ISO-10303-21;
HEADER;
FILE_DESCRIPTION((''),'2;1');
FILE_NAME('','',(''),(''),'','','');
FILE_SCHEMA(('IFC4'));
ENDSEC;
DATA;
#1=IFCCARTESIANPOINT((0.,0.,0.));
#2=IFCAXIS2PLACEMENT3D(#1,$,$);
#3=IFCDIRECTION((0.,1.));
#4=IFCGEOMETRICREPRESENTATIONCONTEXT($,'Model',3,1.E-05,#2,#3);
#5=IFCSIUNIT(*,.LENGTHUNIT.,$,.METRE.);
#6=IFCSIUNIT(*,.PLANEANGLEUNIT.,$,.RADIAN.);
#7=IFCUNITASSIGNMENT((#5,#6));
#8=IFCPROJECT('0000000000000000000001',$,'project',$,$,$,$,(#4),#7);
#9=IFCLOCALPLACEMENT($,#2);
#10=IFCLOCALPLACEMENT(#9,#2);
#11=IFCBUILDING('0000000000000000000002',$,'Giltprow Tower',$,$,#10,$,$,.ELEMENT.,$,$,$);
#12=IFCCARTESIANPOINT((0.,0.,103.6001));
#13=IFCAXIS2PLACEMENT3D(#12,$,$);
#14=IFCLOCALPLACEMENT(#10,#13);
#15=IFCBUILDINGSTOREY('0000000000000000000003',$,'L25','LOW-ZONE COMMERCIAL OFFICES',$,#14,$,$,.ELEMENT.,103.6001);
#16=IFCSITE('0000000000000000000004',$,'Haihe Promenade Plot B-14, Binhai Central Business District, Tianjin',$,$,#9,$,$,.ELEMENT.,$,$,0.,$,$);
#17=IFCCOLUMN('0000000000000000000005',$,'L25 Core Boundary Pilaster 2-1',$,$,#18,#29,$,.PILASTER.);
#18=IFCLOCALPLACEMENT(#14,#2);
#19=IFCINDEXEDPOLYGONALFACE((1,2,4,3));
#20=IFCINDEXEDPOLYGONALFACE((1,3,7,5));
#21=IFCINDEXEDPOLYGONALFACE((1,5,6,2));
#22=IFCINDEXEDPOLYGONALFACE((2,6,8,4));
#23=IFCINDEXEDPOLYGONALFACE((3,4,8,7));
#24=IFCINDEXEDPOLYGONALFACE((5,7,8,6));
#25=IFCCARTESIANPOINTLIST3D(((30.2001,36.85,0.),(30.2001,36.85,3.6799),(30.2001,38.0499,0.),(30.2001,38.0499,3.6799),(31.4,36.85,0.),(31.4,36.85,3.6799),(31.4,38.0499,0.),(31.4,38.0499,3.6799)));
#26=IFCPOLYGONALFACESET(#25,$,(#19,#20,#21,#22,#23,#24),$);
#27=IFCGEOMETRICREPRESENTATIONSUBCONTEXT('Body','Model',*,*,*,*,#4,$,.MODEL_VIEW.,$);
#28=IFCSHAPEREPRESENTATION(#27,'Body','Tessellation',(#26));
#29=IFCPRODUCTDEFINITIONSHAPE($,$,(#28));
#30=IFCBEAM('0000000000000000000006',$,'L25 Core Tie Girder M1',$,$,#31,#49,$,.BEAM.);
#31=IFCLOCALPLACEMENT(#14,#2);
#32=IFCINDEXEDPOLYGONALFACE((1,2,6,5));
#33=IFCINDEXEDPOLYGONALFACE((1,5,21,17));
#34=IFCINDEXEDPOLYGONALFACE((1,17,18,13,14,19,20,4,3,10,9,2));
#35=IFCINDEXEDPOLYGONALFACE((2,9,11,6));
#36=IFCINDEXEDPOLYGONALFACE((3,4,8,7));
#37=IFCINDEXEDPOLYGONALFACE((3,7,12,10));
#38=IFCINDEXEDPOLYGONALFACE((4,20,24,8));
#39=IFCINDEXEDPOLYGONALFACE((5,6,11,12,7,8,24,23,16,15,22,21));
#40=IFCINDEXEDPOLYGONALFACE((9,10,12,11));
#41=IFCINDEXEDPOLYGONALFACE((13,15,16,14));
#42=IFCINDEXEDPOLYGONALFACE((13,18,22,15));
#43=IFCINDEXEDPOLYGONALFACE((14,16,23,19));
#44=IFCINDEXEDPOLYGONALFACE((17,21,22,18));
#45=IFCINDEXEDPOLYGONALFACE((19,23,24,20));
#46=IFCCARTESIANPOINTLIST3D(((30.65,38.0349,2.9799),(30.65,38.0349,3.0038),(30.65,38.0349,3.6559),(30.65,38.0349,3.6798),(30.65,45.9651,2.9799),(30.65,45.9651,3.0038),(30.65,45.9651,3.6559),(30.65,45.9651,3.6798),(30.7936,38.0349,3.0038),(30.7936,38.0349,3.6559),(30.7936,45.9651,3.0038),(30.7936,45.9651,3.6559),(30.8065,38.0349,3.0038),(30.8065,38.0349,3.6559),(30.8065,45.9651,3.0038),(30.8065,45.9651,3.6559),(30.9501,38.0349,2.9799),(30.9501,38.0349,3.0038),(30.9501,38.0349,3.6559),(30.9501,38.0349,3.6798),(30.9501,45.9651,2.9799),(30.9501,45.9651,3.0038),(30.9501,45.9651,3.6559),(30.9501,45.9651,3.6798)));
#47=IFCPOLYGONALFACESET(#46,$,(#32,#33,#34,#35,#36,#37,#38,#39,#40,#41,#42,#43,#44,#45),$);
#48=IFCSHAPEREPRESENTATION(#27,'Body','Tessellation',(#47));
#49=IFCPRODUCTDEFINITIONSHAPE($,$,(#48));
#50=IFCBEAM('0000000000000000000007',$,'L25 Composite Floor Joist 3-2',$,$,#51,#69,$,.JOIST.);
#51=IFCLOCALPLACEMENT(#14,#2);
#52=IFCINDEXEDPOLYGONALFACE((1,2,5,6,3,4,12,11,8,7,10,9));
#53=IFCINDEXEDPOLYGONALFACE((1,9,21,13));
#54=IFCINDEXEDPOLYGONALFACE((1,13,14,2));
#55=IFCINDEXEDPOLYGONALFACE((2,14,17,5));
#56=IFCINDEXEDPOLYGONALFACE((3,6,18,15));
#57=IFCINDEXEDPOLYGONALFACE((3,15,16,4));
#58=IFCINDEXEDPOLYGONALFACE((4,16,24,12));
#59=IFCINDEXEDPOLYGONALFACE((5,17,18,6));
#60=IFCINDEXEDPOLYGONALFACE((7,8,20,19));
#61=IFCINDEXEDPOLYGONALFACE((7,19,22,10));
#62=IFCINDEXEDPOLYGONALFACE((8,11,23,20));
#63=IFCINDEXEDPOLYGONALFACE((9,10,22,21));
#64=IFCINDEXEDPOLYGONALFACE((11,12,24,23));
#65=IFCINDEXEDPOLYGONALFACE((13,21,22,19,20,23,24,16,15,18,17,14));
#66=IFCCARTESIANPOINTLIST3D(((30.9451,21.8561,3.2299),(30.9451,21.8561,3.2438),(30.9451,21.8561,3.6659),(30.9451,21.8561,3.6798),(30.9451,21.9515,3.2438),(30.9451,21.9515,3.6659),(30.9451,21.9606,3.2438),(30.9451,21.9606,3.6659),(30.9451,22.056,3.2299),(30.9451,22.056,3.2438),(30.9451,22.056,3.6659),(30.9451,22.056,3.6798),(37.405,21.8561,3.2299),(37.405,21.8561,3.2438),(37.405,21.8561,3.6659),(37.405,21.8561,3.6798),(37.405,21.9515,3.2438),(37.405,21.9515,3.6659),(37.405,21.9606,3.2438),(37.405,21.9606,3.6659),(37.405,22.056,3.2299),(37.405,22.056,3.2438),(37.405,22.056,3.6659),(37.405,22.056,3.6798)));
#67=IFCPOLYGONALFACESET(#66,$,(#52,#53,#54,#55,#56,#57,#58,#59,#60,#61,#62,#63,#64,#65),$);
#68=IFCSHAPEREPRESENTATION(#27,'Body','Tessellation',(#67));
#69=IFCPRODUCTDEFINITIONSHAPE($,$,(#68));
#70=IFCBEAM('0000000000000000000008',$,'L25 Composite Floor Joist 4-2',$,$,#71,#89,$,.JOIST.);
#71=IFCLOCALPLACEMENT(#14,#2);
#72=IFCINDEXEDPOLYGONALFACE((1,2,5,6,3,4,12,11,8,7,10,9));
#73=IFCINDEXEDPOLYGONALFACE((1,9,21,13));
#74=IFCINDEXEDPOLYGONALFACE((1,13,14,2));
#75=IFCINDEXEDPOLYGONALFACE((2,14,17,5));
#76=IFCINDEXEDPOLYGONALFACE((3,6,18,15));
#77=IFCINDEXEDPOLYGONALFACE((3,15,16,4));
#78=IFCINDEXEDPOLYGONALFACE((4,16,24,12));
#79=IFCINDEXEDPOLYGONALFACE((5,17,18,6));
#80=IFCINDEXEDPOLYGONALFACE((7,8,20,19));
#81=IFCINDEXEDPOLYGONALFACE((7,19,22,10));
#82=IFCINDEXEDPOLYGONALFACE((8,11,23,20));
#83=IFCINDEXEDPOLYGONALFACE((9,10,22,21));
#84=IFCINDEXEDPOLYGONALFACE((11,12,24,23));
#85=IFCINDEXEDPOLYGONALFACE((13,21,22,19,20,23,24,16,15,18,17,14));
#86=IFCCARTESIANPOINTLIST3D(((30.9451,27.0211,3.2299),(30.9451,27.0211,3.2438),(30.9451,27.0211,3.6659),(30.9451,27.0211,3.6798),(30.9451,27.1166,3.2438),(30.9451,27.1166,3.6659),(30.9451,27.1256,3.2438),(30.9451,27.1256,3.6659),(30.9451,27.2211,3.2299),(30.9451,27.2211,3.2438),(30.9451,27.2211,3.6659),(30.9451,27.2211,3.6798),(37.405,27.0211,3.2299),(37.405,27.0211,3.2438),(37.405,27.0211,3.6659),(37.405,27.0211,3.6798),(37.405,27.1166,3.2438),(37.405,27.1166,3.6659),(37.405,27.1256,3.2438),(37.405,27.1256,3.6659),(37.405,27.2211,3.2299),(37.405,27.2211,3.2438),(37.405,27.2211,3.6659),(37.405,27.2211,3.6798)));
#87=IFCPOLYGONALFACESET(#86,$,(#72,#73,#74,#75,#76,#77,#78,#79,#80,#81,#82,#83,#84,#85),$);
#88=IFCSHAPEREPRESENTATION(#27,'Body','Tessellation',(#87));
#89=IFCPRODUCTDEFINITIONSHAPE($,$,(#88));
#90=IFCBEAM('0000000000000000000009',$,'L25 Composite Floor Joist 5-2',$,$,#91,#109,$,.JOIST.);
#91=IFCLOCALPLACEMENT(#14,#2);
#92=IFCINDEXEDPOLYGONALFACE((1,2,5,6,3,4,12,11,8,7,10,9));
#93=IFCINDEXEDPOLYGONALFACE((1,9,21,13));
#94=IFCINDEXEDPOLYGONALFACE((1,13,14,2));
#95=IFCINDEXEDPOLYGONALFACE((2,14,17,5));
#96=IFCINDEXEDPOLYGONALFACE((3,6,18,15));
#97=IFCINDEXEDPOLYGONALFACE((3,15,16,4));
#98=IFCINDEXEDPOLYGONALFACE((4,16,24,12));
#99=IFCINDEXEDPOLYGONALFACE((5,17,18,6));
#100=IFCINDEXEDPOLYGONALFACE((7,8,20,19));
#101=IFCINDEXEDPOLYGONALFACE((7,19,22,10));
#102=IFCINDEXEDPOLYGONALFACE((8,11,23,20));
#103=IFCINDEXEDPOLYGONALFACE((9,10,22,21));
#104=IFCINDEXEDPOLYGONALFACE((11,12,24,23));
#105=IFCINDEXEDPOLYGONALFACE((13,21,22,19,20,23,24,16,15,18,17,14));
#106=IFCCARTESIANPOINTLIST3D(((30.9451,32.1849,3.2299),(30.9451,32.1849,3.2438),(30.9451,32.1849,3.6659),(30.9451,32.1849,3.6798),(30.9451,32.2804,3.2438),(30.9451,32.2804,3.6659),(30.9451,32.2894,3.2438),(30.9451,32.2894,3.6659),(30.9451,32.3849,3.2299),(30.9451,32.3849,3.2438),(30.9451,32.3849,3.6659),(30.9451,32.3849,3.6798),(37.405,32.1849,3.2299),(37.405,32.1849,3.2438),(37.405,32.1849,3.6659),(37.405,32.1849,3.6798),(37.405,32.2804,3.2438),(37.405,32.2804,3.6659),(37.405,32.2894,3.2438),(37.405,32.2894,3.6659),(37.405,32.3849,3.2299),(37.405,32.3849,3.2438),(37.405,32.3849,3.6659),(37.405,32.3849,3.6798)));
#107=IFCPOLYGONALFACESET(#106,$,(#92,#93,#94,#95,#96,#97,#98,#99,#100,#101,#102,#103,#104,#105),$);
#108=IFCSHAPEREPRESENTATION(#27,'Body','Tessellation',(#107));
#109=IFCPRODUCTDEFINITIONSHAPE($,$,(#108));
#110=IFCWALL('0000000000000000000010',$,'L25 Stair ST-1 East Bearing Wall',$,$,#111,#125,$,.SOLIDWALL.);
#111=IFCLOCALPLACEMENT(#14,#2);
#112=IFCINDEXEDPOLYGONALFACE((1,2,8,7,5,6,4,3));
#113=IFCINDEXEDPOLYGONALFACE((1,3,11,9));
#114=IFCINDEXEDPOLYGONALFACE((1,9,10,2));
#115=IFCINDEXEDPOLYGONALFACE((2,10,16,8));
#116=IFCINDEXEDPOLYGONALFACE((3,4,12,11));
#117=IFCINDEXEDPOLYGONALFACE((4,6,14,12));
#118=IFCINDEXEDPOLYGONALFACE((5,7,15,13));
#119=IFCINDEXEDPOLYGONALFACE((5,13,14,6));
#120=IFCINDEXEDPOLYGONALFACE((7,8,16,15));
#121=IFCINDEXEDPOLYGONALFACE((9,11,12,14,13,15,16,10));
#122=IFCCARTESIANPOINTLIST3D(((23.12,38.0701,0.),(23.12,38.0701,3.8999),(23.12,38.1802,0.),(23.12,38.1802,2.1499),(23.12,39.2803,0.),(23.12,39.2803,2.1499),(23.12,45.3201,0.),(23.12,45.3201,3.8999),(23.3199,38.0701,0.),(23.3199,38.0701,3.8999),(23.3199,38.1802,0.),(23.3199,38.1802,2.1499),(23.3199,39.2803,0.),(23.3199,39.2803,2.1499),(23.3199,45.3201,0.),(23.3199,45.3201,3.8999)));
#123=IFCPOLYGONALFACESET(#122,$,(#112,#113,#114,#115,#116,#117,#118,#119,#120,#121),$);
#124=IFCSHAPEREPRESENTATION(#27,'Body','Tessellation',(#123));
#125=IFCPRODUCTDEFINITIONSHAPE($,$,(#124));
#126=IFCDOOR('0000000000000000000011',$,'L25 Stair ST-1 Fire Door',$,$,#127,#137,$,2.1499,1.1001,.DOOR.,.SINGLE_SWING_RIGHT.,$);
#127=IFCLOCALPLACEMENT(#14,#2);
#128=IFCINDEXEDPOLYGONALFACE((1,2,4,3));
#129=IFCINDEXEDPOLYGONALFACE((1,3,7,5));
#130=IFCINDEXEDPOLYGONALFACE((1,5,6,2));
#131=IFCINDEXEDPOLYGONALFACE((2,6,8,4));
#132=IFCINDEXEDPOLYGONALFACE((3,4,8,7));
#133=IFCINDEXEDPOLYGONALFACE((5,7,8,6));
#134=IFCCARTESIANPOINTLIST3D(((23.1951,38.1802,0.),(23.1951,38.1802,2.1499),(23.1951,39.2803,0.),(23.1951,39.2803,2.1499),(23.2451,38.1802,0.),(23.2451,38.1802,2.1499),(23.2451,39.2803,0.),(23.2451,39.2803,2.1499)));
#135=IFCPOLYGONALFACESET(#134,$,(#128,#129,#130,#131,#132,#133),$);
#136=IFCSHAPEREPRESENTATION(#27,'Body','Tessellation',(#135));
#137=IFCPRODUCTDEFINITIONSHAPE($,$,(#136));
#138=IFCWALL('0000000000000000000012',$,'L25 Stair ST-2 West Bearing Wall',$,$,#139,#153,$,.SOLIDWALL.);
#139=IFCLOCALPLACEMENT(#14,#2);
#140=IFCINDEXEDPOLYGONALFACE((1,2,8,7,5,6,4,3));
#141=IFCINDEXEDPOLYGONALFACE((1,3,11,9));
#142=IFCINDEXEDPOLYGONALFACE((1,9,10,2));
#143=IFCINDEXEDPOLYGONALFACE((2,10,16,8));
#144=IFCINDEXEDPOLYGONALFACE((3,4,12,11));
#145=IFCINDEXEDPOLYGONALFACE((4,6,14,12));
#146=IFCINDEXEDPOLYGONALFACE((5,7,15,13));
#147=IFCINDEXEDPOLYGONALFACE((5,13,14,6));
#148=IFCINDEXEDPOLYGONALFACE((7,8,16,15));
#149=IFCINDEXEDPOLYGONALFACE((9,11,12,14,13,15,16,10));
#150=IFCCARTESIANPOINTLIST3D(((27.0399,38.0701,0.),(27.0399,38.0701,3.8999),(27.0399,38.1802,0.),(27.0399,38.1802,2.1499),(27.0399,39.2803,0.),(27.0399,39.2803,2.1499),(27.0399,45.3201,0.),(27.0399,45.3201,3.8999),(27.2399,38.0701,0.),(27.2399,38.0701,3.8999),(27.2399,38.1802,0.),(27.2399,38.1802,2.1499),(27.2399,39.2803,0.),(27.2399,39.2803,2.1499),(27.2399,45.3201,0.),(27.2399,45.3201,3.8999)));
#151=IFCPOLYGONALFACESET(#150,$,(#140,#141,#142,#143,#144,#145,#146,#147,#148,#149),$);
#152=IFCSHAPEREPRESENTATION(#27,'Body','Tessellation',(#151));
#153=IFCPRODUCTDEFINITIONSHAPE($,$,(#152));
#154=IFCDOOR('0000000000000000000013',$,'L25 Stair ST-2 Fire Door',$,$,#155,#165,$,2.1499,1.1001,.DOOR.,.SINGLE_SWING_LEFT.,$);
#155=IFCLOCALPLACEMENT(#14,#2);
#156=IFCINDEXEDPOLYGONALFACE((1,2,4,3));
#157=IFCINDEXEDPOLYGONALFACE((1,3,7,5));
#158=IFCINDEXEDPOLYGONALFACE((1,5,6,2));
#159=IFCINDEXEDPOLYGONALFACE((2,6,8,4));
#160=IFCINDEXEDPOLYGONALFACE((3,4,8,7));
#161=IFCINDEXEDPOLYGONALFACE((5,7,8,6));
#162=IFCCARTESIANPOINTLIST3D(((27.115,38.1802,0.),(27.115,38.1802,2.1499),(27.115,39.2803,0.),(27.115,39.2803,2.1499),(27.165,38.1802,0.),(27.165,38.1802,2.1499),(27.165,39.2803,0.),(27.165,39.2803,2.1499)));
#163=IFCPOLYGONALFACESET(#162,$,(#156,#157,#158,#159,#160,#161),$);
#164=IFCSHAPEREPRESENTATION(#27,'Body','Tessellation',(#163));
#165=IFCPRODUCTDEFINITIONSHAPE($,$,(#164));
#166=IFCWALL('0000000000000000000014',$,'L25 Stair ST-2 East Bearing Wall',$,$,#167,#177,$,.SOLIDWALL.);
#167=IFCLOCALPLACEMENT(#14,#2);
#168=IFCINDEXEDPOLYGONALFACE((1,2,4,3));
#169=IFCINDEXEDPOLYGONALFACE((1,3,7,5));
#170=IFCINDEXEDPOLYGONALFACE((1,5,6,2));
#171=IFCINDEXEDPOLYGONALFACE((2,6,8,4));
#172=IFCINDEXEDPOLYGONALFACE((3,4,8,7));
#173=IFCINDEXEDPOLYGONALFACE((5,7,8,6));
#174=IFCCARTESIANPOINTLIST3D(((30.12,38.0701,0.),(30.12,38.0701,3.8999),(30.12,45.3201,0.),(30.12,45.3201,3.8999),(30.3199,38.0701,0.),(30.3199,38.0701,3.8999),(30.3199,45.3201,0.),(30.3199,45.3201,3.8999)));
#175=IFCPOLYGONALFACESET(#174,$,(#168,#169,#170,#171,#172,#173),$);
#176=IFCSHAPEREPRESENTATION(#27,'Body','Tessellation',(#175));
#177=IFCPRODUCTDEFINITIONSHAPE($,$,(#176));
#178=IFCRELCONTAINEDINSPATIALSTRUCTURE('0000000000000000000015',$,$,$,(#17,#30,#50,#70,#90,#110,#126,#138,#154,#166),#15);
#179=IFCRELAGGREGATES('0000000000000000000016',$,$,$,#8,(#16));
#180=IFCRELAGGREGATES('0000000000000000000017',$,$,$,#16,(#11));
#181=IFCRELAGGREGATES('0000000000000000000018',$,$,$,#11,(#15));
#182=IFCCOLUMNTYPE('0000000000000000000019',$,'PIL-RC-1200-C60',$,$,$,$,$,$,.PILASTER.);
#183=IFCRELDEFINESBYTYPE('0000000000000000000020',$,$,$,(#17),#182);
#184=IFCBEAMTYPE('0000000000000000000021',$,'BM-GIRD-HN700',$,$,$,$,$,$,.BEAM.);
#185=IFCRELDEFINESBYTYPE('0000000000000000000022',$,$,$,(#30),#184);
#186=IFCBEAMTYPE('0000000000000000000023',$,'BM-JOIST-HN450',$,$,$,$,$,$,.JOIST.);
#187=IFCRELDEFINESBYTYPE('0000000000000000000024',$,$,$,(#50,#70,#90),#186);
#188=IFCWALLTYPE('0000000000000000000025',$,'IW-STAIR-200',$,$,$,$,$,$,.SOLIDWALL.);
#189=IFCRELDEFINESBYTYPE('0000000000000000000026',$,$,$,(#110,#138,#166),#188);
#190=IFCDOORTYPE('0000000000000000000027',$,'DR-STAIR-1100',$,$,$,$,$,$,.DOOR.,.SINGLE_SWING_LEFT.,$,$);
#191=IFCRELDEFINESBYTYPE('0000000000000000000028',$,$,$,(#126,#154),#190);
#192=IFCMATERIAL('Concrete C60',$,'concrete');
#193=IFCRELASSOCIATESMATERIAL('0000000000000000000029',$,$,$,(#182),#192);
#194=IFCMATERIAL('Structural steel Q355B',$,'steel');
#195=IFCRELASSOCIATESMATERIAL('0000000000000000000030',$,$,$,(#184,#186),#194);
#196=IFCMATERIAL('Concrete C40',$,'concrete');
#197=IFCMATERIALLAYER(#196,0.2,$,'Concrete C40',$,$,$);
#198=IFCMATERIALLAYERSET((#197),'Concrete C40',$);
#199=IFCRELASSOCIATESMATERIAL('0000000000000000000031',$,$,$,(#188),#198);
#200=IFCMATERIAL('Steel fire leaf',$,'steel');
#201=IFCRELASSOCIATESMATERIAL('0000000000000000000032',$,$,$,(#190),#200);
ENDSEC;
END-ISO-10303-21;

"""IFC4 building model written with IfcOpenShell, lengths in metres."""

from ifc_helpers import new_model, si_unit, direction, frame, frame_2d, origin, origin_2d, place, context, subcontext, project, spatial, rectangle, i_section, extrude, source, transform, mapped, material, layer, layer_set, material_profile, profile_set, type_object, element, fill, save


model = new_model("IFC4")

# Units and contexts
model_context = context("Model", 3, precision=1e-05, world=origin(), true_north=direction((0.0, 1.0)))
body_context = subcontext(model_context, "Body", "Model", "MODEL_VIEW")
ifc_project = project(units=[si_unit("LENGTHUNIT", "METRE"), si_unit("PLANEANGLEUNIT", "RADIAN")], contexts=[model_context])

# Site, building, storey
site_placement = place(None, origin())
site = spatial("IfcSite", under=ifc_project, at=site_placement, Name="Haihe Promenade Plot B-14, Binhai Central Business District, Tianjin", CompositionType="ELEMENT", RefElevation=0.0)
building_placement = place(site_placement, origin())
building = spatial("IfcBuilding", under=site, at=building_placement, Name="Giltprow Tower", CompositionType="ELEMENT")
storey_placement = place(building_placement, frame((0.0, 0.0, 103.6001)))
storey = spatial("IfcBuildingStorey", under=building, at=storey_placement, Name="L25", Description="LOW-ZONE COMMERCIAL OFFICES", CompositionType="ELEMENT", Elevation=103.6001)

# Column
ifc_material_1 = material(Name="Concrete C60", Category="concrete")
ifc_material_profile_1 = material_profile(ifc_material_1, rectangle(XDim=1.2, YDim=1.2, at=origin_2d()), Name="RC 1200x1200")
ifc_profile_set_1 = profile_set([ifc_material_profile_1], Name="Concrete C60")
column_type = type_object("IfcColumnType", Name="PIL-RC-1200-C60", PredefinedType="PILASTER", material=ifc_profile_set_1)
shared_shape_1 = source(origin(), body_context, "Body", "SweptSolid", [
    extrude(rectangle(XDim=1.2, YDim=1.2, at=origin_2d()), origin(), (0.0, 0.0, 1.0), 3.6799),
])
column_placement = place(storey_placement, frame((30.8, 37.45, 0.0), z_axis=(0.0, 0.0, 1.0), x_axis=(1.0, 0.0, 0.0)))
element("IfcColumn", 1, at=column_placement, inside=storey, type_object=column_type, Name="L25 Core Boundary Pilaster 2-1", PredefinedType="PILASTER", context=body_context, shape_type="MappedRepresentation", body=[
    mapped(shared_shape_1, transform((0.0, 0.0, 0.0), x_axis=(1.0, 0.0, 0.0), y_axis=(0.0, 1.0, 0.0), z_axis=(0.0, 0.0, 1.0), scale=1.0)),
])

# Beams
ifc_material_2 = material(Name="Structural steel Q355B", Category="steel")
ifc_material_profile_2 = material_profile(ifc_material_2, i_section(OverallWidth=0.3, OverallDepth=0.7, WebThickness=0.0129, FlangeThickness=0.0239, at=origin_2d()), Name="HN 700x300x13x24")
ifc_profile_set_2 = profile_set([ifc_material_profile_2], Name="Structural steel Q355B")
beam_type_1 = type_object("IfcBeamType", Name="BM-GIRD-HN700", PredefinedType="BEAM", material=ifc_profile_set_2)
shared_shape_2 = source(origin(), body_context, "Body", "SweptSolid", [
    extrude(i_section(OverallWidth=0.3, OverallDepth=0.7, WebThickness=0.0129, FlangeThickness=0.0239, at=origin_2d()), origin(), (0.0, 0.0, 1.0), 7.9302),
])
beam_placement = place(storey_placement, frame((30.8, 38.0349, 3.3298), z_axis=(0.0, 1.0, 0.0), x_axis=(-1.0, 0.0, 0.0)))
element("IfcBeam", 2, at=beam_placement, inside=storey, type_object=beam_type_1, Name="L25 Core Tie Girder M1", PredefinedType="BEAM", context=body_context, shape_type="MappedRepresentation", body=[
    mapped(shared_shape_2, transform((0.0, 0.0, 0.0), x_axis=(1.0, 0.0, 0.0), y_axis=(0.0, 1.0, 0.0), z_axis=(0.0, 0.0, 1.0), scale=1.0)),
])
ifc_material_profile_3 = material_profile(ifc_material_2, i_section(OverallWidth=0.2, OverallDepth=0.45, WebThickness=0.009, FlangeThickness=0.0139, at=origin_2d()), Name="HN 450x200x9x14")
ifc_profile_set_3 = profile_set([ifc_material_profile_3], Name="Structural steel Q355B")
beam_type_2 = type_object("IfcBeamType", Name="BM-JOIST-HN450", PredefinedType="JOIST", material=ifc_profile_set_3)
shared_shape_3 = source(origin(), body_context, "Body", "SweptSolid", [
    extrude(i_section(OverallWidth=0.2, OverallDepth=0.45, WebThickness=0.009, FlangeThickness=0.0139, at=origin_2d()), origin(), (0.0, 0.0, 1.0), 6.46),
])
for number, where, z_axis, x_axis, name in (
    (3, (30.9451, 21.9561, 3.4548), (1.0, 0.0, 0.0), (0.0, 1.0, 0.0), "L25 Composite Floor Joist 3-2"),
    (4, (30.9451, 27.1211, 3.4548), (1.0, 0.0, 0.0), (0.0, 1.0, 0.0), "L25 Composite Floor Joist 4-2"),
    (5, (30.9451, 32.2849, 3.4548), (1.0, 0.0, 0.0), (0.0, 1.0, 0.0), "L25 Composite Floor Joist 5-2"),
):
    element("IfcBeam", number, at=place(storey_placement, frame(where, z_axis=z_axis, x_axis=x_axis)), inside=storey, type_object=beam_type_2, Name=name, PredefinedType="JOIST", context=body_context, shape_type="MappedRepresentation", body=[
        mapped(shared_shape_3, transform((0.0, 0.0, 0.0), x_axis=(1.0, 0.0, 0.0), y_axis=(0.0, 1.0, 0.0), z_axis=(0.0, 0.0, 1.0), scale=1.0)),
    ])

# Walls, openings, doors
ifc_material_3 = material(Name="Concrete C40", Category="concrete")
ifc_layer = layer(ifc_material_3, 0.2, Name="Concrete C40")
ifc_layer_set = layer_set([ifc_layer], Name="Concrete C40")
wall_type = type_object("IfcWallType", Name="IW-STAIR-200", PredefinedType="SOLIDWALL", material=ifc_layer_set)
wall_1_placement = place(storey_placement, frame((23.22, 38.0701, 0.0), z_axis=(0.0, 0.0, 1.0), x_axis=(0.0, 1.0, 0.0)))
wall_1 = element("IfcWall", 6, at=wall_1_placement, inside=storey, type_object=wall_type, Name="L25 Stair ST-1 East Bearing Wall", PredefinedType="SOLIDWALL", context=body_context, shape_type="SweptSolid", body=[
    extrude(rectangle(XDim=7.25, YDim=0.2, at=frame_2d((3.625, 0.0))), origin(), (0.0, 0.0, 1.0), 3.8999),
])
opening_1_placement = place(wall_1_placement, frame((0.1101, 0.0, 0.0)))
opening_1 = element("IfcOpeningElement", 7, at=opening_1_placement, cuts=wall_1, PredefinedType="OPENING", context=body_context, shape_type="SweptSolid", body=[
    extrude(rectangle(XDim=1.1001, YDim=2.1499, at=frame_2d((0.55, 1.075))), frame((0.0, 0.1099, 0.0), z_axis=(0.0, -1.0, 0.0), x_axis=(1.0, 0.0, 0.0)), (0.0, 0.0, 1.0), 0.22),
])
ifc_material_4 = material(Name="Steel fire leaf", Category="steel")
door_type = type_object("IfcDoorType", Name="DR-STAIR-1100", OperationType="SINGLE_SWING_LEFT", PredefinedType="DOOR", material=ifc_material_4)
shared_shape_4 = source(origin(), body_context, "Body", "SweptSolid", [
    extrude(rectangle(XDim=1.1001, YDim=2.1499, at=frame_2d((0.55, 1.075))), frame((0.0, 0.0249, 0.0), z_axis=(0.0, -1.0, 0.0), x_axis=(1.0, 0.0, 0.0)), (0.0, 0.0, 1.0), 0.05),
])
door_1_placement = place(opening_1_placement, origin())
door_1 = element("IfcDoor", 8, at=door_1_placement, inside=storey, type_object=door_type, Name="L25 Stair ST-1 Fire Door", OperationType="SINGLE_SWING_RIGHT", OverallHeight=2.1499, OverallWidth=1.1001, PredefinedType="DOOR", context=body_context, shape_type="MappedRepresentation", body=[
    mapped(shared_shape_4, transform((0.0, 0.0, 0.0), x_axis=(1.0, 0.0, 0.0), y_axis=(0.0, 1.0, 0.0), z_axis=(0.0, 0.0, 1.0), scale=1.0)),
])
fill(opening_1, door_1)
wall_2_placement = place(storey_placement, frame((27.1399, 38.0701, 0.0), z_axis=(0.0, 0.0, 1.0), x_axis=(0.0, 1.0, 0.0)))
wall_2 = element("IfcWall", 9, at=wall_2_placement, inside=storey, type_object=wall_type, Name="L25 Stair ST-2 West Bearing Wall", PredefinedType="SOLIDWALL", context=body_context, shape_type="SweptSolid", body=[
    extrude(rectangle(XDim=7.25, YDim=0.2, at=frame_2d((3.625, 0.0))), origin(), (0.0, 0.0, 1.0), 3.8999),
])
opening_2_placement = place(wall_2_placement, frame((0.1101, 0.0, 0.0)))
opening_2 = element("IfcOpeningElement", 10, at=opening_2_placement, cuts=wall_2, PredefinedType="OPENING", context=body_context, shape_type="SweptSolid", body=[
    extrude(rectangle(XDim=1.1001, YDim=2.1499, at=frame_2d((0.55, 1.075))), frame((0.0, 0.1099, 0.0), z_axis=(0.0, -1.0, 0.0), x_axis=(1.0, 0.0, 0.0)), (0.0, 0.0, 1.0), 0.22),
])
door_2_placement = place(opening_2_placement, origin())
door_2 = element("IfcDoor", 11, at=door_2_placement, inside=storey, type_object=door_type, Name="L25 Stair ST-2 Fire Door", OperationType="SINGLE_SWING_LEFT", OverallHeight=2.1499, OverallWidth=1.1001, PredefinedType="DOOR", context=body_context, shape_type="MappedRepresentation", body=[
    mapped(shared_shape_4, transform((0.0, 0.0, 0.0), x_axis=(1.0, 0.0, 0.0), y_axis=(0.0, 1.0, 0.0), z_axis=(0.0, 0.0, 1.0), scale=1.0)),
])
fill(opening_2, door_2)

# Wall
wall_3_placement = place(storey_placement, frame((30.22, 38.0701, 0.0), z_axis=(0.0, 0.0, 1.0), x_axis=(0.0, 1.0, 0.0)))
element("IfcWall", 12, at=wall_3_placement, inside=storey, type_object=wall_type, Name="L25 Stair ST-2 East Bearing Wall", PredefinedType="SOLIDWALL", context=body_context, shape_type="SweptSolid", body=[
    extrude(rectangle(XDim=7.25, YDim=0.2, at=frame_2d((3.625, 0.0))), origin(), (0.0, 0.0, 1.0), 3.8999),
])

save(model, "model.ifc")
